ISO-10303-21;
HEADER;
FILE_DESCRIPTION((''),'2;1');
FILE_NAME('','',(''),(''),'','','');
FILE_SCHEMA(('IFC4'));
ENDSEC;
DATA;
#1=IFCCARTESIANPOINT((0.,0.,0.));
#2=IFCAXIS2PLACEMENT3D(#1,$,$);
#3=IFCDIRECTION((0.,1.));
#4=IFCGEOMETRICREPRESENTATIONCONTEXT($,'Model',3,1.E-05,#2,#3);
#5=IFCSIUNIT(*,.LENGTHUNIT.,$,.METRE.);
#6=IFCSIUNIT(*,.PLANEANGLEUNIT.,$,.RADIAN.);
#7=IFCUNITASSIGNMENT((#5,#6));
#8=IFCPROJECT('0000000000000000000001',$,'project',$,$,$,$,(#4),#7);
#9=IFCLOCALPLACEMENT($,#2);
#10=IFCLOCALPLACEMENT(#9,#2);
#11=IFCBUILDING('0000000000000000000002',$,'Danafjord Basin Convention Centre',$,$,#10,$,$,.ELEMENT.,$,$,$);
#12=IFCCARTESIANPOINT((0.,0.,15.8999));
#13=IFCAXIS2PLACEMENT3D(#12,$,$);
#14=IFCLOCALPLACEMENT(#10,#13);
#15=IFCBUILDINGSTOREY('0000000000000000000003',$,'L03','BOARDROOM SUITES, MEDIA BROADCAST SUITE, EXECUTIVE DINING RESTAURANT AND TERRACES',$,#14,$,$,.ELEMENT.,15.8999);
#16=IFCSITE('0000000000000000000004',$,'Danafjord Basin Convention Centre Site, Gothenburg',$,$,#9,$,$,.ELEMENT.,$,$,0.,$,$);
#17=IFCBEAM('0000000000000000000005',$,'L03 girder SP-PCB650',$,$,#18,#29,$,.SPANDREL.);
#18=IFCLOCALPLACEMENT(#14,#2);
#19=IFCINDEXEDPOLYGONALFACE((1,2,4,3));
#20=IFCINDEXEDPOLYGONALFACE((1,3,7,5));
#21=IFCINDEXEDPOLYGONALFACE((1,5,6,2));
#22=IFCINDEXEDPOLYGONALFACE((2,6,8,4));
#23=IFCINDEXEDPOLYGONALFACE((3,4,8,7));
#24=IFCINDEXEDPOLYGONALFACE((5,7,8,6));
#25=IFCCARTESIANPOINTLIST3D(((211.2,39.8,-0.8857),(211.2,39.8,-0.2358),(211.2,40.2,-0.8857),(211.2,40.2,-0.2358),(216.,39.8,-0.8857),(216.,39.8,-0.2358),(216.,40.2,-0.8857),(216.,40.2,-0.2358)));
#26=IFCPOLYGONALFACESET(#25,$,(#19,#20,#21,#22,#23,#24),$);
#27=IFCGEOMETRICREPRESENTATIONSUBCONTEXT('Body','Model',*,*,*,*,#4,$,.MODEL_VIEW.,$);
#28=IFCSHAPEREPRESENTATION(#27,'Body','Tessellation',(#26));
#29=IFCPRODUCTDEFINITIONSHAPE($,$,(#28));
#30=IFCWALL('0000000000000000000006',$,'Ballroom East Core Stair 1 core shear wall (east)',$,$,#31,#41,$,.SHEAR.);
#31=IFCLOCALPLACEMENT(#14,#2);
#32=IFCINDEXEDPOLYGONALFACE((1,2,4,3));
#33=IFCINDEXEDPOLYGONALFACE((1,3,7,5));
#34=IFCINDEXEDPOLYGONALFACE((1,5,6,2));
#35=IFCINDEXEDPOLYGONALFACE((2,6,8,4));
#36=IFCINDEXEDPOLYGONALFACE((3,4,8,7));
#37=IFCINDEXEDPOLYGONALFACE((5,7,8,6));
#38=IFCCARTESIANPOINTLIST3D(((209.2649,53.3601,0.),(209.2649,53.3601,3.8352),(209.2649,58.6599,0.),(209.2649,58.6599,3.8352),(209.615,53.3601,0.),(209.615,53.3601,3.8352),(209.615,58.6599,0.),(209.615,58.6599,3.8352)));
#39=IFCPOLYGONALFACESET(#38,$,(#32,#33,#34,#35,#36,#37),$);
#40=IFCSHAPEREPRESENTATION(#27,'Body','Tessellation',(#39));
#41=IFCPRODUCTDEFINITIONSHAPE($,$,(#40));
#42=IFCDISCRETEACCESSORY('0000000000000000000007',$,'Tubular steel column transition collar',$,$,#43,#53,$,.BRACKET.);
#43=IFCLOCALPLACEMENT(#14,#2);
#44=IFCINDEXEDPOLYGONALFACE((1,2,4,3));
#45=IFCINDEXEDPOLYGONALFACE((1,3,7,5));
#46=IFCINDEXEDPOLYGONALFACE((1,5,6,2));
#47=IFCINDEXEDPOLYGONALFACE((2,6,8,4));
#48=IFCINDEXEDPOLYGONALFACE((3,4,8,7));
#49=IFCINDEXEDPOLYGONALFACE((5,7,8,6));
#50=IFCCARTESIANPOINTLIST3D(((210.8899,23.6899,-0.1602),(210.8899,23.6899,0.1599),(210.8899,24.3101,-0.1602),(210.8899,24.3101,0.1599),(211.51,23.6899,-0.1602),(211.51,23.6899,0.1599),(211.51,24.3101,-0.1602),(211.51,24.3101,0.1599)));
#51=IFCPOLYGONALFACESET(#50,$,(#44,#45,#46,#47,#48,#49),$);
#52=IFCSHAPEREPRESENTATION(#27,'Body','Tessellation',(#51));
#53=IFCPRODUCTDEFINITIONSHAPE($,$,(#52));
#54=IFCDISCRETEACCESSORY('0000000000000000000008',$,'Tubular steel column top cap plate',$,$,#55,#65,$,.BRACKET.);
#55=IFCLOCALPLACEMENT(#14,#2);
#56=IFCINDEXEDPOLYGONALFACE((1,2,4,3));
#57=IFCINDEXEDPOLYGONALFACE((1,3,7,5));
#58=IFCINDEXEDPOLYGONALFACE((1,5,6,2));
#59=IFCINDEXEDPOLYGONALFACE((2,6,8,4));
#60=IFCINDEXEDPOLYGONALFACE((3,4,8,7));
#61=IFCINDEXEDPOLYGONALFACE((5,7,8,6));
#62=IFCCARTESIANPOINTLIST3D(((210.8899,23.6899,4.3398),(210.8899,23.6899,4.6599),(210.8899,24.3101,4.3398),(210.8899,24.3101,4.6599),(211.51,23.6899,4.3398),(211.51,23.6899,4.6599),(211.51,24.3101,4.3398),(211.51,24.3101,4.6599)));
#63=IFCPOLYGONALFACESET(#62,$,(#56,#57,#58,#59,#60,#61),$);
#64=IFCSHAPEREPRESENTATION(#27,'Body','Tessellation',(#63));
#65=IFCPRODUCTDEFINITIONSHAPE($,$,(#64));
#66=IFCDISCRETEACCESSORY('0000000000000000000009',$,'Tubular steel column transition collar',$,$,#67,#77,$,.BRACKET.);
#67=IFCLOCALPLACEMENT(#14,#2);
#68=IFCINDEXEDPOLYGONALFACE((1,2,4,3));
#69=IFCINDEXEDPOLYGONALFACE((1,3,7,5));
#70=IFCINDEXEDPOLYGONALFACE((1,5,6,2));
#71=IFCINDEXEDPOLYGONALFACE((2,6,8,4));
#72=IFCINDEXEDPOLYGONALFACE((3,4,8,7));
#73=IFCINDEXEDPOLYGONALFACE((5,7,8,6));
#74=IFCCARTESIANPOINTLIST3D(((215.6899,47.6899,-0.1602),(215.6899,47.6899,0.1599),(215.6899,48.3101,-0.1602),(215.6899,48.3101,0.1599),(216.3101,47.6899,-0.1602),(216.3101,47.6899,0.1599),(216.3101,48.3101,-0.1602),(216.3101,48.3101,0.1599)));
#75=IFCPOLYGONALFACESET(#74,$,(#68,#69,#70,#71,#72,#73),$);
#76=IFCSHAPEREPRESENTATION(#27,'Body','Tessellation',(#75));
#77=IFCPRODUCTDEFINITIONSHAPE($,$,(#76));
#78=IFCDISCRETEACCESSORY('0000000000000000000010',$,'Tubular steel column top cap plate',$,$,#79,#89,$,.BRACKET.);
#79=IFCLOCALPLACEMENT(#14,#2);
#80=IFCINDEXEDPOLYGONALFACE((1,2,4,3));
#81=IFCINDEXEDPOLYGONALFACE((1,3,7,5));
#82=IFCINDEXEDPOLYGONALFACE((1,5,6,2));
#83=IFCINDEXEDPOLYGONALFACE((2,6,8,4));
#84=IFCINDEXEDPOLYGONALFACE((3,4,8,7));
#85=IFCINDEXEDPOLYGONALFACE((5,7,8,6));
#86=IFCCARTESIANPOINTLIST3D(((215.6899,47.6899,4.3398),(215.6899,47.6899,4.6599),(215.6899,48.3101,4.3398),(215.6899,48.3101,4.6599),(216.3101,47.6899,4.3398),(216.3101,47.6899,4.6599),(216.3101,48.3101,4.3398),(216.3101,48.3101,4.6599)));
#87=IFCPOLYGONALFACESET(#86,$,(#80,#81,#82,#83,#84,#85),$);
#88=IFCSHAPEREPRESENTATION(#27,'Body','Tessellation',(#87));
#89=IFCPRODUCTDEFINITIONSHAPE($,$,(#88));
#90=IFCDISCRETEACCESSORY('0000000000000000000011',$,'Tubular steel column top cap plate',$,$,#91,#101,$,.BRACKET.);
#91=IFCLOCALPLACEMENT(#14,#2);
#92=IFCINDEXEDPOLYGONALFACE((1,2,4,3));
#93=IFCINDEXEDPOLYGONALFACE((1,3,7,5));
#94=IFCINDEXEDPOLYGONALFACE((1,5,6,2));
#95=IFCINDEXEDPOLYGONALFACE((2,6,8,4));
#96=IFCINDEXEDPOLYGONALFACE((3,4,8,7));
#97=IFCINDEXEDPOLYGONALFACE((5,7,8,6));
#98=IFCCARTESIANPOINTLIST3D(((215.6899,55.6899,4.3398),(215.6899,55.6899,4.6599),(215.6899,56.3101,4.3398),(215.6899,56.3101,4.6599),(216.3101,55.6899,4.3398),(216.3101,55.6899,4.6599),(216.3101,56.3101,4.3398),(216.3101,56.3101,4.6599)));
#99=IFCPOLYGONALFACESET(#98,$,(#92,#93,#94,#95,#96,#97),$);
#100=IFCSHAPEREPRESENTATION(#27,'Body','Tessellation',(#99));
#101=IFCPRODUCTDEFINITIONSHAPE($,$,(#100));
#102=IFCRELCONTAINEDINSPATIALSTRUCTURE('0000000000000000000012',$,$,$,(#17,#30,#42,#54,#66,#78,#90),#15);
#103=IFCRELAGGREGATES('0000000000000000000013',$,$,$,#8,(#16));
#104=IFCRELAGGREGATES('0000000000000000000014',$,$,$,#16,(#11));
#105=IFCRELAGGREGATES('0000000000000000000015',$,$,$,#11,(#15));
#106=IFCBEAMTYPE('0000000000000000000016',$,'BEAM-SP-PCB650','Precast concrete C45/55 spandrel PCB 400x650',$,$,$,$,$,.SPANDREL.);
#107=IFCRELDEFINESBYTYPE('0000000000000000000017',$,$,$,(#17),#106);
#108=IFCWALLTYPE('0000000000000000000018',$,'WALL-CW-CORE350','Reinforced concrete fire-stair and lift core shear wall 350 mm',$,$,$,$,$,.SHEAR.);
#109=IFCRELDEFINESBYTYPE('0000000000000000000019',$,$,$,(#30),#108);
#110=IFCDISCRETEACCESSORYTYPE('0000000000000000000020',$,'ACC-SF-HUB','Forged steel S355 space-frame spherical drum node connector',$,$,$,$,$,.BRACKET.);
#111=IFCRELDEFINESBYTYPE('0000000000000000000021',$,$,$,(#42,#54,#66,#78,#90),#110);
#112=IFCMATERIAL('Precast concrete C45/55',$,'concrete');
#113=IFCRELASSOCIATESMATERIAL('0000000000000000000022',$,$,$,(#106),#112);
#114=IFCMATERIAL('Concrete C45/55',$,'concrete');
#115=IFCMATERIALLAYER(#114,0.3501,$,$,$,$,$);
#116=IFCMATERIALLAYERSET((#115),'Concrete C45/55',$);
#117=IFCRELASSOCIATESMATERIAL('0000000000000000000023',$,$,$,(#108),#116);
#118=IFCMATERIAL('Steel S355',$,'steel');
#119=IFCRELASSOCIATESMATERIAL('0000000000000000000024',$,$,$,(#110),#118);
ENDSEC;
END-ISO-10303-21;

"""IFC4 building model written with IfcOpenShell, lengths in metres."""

from ifc_helpers import new_model, si_unit, direction, frame, frame_2d, origin, origin_2d, place, context, subcontext, project, spatial, rectangle, extrude, material, layer, layer_set, material_profile, profile_set, type_object, element, save


model = new_model("IFC4")

# Units and contexts
model_context = context("Model", 3, precision=1e-05, world=origin(), true_north=direction((0.0, 1.0)))
body_context = subcontext(model_context, "Body", "Model", "MODEL_VIEW")
ifc_project = project(units=[si_unit("LENGTHUNIT", "METRE"), si_unit("PLANEANGLEUNIT", "RADIAN")], contexts=[model_context])

# Site, building, storey
site_placement = place(None, origin())
site = spatial("IfcSite", under=ifc_project, at=site_placement, Name="Danafjord Basin Convention Centre Site, Gothenburg", CompositionType="ELEMENT", RefElevation=0.0)
building_placement = place(site_placement, origin())
building = spatial("IfcBuilding", under=site, at=building_placement, Name="Danafjord Basin Convention Centre", CompositionType="ELEMENT")
storey_placement = place(building_placement, frame((0.0, 0.0, 15.8999)))
storey = spatial("IfcBuildingStorey", under=building, at=storey_placement, Name="L03", Description="BOARDROOM SUITES, MEDIA BROADCAST SUITE, EXECUTIVE DINING RESTAURANT AND TERRACES", CompositionType="ELEMENT", Elevation=15.8999)

# Shared definitions
ifc_material_1 = material(Name="Steel S355", Category="steel")

# Beam
ifc_material_2 = material(Name="Precast concrete C45/55", Category="concrete")
ifc_material_profile_1 = material_profile(ifc_material_2, rectangle(XDim=0.3999, YDim=0.6499, at=origin_2d()), Name="PCB 400x650")
ifc_profile_set_1 = profile_set([ifc_material_profile_1], Name="Precast concrete C45/55")
beam_type_1 = type_object("IfcBeamType", Name="BEAM-SP-PCB650", Description="Precast concrete C45/55 spandrel PCB 400x650", PredefinedType="SPANDREL", material=ifc_profile_set_1)
beam_1_placement = place(storey_placement, frame((211.2, 40.0, -0.5608), z_axis=(1.0, 0.0, 0.0), x_axis=(0.0, 1.0, 0.0)))
element("IfcBeam", 1, at=beam_1_placement, inside=storey, type_object=beam_type_1, Name="L03 girder SP-PCB650", PredefinedType="SPANDREL", context=body_context, shape_type="SweptSolid", body=[
    extrude(rectangle(XDim=0.3999, YDim=0.6499, at=origin_2d()), origin(), (0.0, 0.0, 1.0), 4.8),
])

# Wall
ifc_material_3 = material(Name="Concrete C45/55", Category="concrete")
ifc_layer = layer(ifc_material_3, 0.3501)
ifc_layer_set = layer_set([ifc_layer], Name="Concrete C45/55")
wall_type = type_object("IfcWallType", Name="WALL-CW-CORE350", Description="Reinforced concrete fire-stair and lift core shear wall 350 mm", PredefinedType="SHEAR", material=ifc_layer_set)
wall_placement = place(storey_placement, frame((209.4399, 53.3601, 0.0), z_axis=(0.0, 0.0, 1.0), x_axis=(0.0, 1.0, 0.0)))
element("IfcWall", 2, at=wall_placement, inside=storey, type_object=wall_type, Name="Ballroom East Core Stair 1 core shear wall (east)", PredefinedType="SHEAR", context=body_context, shape_type="SweptSolid", body=[
    extrude(rectangle(XDim=5.2998, YDim=0.3501, at=frame_2d((2.6499, 0.0))), origin(), (0.0, 0.0, 1.0), 3.8352),
])

# Discrete accessories
discrete_accessory_type = type_object("IfcDiscreteAccessoryType", Name="ACC-SF-HUB", Description="Forged steel S355 space-frame spherical drum node connector", PredefinedType="BRACKET", material=ifc_material_1)
for number, where, z_axis, x_axis, name in (
    (3, (211.2, 24.0, -0.1602), (0.0, 0.0, 1.0), (1.0, 0.0, 0.0), "Tubular steel column transition collar"),
    (4, (211.2, 24.0, 4.3398), (0.0, 0.0, 1.0), (1.0, 0.0, 0.0), "Tubular steel column top cap plate"),
    (5, (216.0, 48.0, -0.1602), (0.0, 0.0, 1.0), (1.0, 0.0, 0.0), "Tubular steel column transition collar"),
    (6, (216.0, 48.0, 4.3398), (0.0, 0.0, 1.0), (1.0, 0.0, 0.0), "Tubular steel column top cap plate"),
    (7, (216.0, 56.0, 4.3398), (0.0, 0.0, 1.0), (1.0, 0.0, 0.0), "Tubular steel column top cap plate"),
):
    element("IfcDiscreteAccessory", number, at=place(storey_placement, frame(where, z_axis=z_axis, x_axis=x_axis)), inside=storey, type_object=discrete_accessory_type, Name=name, PredefinedType="BRACKET", context=body_context, shape_type="SweptSolid", body=[
        extrude(rectangle(XDim=0.6201, YDim=0.6201, at=origin_2d()), origin(), (0.0, 0.0, 1.0), 0.3201),
    ])

save(model, "model.ifc")
